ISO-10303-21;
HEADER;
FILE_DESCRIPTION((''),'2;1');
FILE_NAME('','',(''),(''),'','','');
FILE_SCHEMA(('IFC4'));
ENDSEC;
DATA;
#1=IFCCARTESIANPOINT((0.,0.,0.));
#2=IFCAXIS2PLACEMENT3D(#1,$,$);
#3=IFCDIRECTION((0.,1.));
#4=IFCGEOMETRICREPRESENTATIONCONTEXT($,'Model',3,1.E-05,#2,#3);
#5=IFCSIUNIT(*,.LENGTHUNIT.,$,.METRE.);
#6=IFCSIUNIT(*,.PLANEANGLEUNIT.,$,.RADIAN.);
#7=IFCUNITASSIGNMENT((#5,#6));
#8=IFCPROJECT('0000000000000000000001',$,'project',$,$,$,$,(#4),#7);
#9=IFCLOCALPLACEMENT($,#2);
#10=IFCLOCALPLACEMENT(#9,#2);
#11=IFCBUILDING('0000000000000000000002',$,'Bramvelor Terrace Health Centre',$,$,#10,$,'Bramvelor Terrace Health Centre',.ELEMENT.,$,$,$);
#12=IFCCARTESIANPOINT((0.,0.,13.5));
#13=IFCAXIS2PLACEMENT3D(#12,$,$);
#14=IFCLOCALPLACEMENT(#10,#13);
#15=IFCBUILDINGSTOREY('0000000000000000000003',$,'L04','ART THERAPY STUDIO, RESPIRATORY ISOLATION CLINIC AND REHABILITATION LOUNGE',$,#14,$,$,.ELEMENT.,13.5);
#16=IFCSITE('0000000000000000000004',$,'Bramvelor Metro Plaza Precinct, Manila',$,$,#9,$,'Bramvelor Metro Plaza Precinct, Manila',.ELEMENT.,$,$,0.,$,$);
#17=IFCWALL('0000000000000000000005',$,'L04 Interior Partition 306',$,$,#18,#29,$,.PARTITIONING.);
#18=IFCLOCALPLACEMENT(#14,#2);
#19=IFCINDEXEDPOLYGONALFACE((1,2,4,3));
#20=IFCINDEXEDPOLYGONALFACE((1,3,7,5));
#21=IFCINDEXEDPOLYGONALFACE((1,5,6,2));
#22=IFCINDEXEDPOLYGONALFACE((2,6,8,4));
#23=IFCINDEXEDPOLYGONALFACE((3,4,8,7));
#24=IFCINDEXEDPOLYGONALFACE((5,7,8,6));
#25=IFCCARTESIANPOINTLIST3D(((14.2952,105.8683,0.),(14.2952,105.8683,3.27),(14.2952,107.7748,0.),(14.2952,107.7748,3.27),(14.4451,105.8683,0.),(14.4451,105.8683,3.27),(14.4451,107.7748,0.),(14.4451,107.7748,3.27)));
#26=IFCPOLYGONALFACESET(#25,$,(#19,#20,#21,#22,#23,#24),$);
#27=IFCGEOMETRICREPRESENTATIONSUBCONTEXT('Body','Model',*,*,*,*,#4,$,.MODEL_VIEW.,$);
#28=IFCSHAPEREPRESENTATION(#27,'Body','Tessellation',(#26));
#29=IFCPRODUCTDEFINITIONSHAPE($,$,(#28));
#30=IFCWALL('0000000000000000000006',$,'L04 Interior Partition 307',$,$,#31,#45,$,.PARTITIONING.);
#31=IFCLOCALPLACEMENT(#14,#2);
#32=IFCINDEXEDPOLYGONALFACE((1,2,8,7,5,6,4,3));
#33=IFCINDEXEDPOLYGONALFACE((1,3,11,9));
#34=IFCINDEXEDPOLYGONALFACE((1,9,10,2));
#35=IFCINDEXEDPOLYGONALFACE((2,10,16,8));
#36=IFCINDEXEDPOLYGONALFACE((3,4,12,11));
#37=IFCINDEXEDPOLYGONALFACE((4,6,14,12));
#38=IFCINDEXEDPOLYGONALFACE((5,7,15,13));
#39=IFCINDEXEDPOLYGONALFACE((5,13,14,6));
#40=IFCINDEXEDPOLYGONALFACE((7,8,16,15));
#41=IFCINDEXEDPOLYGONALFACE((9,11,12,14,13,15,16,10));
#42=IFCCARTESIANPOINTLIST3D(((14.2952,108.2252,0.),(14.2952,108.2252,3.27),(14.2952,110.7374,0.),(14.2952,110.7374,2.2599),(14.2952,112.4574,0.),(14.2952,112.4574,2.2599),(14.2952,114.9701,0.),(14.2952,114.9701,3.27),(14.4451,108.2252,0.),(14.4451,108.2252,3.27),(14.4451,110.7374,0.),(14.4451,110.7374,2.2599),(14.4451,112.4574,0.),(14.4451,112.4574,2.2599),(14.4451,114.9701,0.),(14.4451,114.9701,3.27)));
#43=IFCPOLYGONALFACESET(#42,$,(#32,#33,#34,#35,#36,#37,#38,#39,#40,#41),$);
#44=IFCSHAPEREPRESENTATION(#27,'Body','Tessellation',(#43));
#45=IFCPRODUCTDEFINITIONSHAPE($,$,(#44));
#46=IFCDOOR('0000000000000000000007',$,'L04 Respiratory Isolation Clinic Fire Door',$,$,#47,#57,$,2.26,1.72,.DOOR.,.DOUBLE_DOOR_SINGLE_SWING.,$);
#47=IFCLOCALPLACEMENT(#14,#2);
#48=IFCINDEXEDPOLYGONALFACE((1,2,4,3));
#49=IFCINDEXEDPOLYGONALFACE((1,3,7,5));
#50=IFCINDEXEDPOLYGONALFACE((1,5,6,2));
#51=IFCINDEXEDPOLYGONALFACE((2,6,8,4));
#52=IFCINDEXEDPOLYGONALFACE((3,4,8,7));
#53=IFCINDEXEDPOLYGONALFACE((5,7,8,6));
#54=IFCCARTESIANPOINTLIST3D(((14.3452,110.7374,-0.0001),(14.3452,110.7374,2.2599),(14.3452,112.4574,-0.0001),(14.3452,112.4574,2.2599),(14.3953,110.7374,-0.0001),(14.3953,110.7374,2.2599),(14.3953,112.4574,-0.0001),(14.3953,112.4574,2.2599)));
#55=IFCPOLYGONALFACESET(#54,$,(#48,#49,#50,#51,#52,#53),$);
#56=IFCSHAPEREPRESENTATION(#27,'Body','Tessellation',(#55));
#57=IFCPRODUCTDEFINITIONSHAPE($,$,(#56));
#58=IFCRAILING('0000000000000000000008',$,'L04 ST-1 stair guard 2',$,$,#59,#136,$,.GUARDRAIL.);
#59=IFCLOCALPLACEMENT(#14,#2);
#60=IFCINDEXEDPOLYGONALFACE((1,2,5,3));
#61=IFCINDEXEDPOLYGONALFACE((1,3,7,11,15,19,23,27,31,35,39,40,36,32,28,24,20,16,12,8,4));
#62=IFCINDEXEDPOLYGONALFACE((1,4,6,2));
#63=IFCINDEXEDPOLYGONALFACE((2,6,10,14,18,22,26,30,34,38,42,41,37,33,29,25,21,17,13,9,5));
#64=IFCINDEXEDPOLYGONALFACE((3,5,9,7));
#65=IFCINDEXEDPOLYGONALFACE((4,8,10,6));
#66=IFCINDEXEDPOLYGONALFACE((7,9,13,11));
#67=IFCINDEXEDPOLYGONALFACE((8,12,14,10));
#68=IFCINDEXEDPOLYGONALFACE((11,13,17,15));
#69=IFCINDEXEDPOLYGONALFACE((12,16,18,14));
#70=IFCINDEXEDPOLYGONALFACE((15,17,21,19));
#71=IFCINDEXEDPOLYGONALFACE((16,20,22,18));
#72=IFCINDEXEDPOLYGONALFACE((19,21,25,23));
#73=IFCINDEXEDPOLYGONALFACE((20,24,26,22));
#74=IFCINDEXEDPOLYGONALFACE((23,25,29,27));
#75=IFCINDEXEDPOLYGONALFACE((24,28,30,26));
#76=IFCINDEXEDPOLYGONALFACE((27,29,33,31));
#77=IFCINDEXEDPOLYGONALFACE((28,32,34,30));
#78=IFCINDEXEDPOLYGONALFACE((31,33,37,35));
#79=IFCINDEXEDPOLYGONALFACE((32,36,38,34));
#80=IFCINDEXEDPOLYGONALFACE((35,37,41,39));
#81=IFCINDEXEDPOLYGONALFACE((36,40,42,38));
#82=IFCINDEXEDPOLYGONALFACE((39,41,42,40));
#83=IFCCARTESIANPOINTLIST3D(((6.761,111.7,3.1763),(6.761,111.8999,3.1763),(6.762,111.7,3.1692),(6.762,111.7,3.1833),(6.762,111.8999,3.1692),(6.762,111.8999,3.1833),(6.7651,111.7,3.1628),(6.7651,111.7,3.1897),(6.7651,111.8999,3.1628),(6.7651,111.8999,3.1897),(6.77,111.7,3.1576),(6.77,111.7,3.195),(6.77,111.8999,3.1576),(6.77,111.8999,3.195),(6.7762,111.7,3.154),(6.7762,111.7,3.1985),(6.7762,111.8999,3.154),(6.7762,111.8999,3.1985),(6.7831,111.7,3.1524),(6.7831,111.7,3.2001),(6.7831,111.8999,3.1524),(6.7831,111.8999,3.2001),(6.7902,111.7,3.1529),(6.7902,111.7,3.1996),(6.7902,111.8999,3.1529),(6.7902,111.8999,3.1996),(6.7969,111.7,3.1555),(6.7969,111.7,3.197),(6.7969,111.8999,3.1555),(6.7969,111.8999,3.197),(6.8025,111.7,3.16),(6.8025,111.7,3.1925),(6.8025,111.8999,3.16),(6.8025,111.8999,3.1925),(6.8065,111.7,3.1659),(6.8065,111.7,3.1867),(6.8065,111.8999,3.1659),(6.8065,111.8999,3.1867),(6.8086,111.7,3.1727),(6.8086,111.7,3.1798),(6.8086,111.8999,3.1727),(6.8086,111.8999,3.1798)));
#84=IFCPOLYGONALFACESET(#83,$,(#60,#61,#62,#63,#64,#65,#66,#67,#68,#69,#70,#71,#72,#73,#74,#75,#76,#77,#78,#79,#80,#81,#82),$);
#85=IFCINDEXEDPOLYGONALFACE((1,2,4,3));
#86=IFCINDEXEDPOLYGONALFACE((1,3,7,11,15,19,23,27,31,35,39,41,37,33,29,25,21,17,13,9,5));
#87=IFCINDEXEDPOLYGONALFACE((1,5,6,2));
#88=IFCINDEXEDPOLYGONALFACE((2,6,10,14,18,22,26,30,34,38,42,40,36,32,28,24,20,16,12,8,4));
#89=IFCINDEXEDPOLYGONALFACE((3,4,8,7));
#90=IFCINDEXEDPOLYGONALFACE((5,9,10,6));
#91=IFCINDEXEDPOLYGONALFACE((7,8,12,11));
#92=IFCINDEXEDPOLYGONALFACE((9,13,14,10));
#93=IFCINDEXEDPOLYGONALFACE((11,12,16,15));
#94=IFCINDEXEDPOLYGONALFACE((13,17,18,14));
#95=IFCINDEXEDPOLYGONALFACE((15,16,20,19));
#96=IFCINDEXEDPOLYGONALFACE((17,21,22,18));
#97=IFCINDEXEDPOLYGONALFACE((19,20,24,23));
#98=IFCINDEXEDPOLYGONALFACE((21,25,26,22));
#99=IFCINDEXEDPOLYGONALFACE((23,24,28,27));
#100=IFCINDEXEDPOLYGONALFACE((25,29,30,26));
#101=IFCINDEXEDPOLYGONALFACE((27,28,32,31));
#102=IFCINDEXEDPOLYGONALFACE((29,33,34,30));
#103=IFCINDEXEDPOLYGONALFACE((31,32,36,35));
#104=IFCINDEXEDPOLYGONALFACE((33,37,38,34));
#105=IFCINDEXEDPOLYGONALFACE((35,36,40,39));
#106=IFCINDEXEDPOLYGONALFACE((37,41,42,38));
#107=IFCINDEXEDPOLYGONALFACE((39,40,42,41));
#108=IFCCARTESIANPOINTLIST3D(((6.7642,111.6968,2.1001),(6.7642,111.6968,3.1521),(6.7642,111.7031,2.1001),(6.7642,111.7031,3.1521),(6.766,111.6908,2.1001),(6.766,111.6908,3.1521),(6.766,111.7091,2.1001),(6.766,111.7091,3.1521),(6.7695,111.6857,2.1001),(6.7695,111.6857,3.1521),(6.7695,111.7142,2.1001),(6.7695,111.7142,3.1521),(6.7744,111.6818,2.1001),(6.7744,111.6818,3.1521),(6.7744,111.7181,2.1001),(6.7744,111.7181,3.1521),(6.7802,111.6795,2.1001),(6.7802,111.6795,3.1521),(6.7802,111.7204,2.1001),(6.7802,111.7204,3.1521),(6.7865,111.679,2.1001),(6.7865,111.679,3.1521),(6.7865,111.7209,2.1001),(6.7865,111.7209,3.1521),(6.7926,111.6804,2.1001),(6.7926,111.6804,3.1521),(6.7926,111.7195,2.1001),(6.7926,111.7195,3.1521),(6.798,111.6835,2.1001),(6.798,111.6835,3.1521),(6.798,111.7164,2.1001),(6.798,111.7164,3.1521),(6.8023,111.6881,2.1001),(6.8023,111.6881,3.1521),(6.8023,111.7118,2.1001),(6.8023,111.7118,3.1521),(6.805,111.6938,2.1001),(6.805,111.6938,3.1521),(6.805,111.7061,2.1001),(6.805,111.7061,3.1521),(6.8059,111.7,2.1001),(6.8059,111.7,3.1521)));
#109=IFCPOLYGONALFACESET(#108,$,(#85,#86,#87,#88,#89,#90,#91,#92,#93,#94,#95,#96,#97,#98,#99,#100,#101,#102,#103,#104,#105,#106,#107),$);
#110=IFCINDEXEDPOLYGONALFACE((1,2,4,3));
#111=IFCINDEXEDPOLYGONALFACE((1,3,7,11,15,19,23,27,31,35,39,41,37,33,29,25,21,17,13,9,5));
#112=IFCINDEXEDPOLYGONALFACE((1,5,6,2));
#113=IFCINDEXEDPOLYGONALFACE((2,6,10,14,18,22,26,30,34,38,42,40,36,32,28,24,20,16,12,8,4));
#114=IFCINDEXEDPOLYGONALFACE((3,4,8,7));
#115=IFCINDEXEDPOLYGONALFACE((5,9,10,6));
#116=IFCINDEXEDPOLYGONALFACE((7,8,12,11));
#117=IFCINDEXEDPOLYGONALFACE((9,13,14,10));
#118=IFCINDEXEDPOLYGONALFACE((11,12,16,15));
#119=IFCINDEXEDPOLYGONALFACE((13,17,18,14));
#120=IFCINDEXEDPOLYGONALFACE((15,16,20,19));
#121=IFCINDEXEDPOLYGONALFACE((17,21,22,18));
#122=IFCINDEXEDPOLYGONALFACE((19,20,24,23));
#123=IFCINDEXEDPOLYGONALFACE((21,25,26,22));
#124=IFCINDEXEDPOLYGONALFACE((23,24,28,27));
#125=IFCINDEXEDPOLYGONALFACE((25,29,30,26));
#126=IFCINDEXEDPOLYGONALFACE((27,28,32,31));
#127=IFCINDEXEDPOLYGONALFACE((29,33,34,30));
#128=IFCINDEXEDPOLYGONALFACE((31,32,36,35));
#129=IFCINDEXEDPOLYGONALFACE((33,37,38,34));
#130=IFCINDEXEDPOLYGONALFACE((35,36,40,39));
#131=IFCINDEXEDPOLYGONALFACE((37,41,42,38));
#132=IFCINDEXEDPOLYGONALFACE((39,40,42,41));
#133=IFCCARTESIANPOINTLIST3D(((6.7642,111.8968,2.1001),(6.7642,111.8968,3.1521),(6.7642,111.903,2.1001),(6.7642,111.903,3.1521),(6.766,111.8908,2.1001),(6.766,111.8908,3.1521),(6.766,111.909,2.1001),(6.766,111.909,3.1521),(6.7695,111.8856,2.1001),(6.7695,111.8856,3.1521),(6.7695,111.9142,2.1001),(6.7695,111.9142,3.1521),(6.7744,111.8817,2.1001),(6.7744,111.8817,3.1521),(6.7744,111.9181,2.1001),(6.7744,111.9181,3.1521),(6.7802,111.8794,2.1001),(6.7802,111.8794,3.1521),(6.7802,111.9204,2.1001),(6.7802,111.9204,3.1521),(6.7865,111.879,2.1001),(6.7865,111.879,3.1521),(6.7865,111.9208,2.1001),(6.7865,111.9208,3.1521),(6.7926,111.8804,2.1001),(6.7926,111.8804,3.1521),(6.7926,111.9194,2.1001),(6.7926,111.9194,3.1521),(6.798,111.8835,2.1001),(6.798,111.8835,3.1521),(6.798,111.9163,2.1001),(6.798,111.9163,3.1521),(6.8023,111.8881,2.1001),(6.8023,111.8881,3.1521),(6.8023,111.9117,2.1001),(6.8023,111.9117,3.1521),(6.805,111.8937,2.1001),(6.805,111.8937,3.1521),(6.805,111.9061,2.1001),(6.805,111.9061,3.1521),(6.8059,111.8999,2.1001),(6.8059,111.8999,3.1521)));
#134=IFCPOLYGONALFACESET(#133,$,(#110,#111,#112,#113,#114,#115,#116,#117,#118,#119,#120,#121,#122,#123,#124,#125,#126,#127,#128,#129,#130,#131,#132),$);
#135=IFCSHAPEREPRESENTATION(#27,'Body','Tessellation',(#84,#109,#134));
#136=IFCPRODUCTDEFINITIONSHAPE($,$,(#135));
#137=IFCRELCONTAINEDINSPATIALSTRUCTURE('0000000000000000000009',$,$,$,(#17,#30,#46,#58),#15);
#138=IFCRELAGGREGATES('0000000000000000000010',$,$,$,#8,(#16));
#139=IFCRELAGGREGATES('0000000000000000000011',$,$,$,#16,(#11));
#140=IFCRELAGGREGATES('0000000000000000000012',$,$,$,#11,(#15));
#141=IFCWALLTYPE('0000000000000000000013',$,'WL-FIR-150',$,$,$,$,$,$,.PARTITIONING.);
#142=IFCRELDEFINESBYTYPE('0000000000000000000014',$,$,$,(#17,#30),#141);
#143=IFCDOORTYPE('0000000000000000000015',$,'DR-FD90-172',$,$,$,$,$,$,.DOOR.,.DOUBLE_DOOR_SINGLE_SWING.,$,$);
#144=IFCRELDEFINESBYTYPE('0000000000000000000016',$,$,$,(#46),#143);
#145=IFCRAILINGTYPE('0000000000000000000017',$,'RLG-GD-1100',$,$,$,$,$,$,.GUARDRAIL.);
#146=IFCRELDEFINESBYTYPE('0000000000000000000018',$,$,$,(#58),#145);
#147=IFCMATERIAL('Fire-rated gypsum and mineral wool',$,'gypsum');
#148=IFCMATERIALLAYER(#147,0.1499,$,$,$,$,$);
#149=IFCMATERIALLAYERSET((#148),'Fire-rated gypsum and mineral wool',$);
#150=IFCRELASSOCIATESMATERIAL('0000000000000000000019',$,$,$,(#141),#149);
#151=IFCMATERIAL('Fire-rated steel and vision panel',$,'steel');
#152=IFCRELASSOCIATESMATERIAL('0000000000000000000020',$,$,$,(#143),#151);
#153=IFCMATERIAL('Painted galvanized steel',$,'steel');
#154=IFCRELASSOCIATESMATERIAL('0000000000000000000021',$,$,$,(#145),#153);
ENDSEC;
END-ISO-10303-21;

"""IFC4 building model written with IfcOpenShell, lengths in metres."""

from ifc_helpers import new_model, si_unit, direction, frame, frame_2d, origin, origin_2d, place, context, subcontext, project, spatial, rectangle, circle, extrude, material, layer, layer_set, type_object, element, fill, save


model = new_model("IFC4")

# Units and contexts
model_context = context("Model", 3, precision=1e-05, world=origin(), true_north=direction((0.0, 1.0)))
body_context = subcontext(model_context, "Body", "Model", "MODEL_VIEW")
ifc_project = project(units=[si_unit("LENGTHUNIT", "METRE"), si_unit("PLANEANGLEUNIT", "RADIAN")], contexts=[model_context])

# Site, building, storey
site_placement = place(None, origin())
site = spatial("IfcSite", under=ifc_project, at=site_placement, Name="Bramvelor Metro Plaza Precinct, Manila", LongName="Bramvelor Metro Plaza Precinct, Manila", CompositionType="ELEMENT", RefElevation=0.0)
building_placement = place(site_placement, origin())
building = spatial("IfcBuilding", under=site, at=building_placement, Name="Bramvelor Terrace Health Centre", LongName="Bramvelor Terrace Health Centre", CompositionType="ELEMENT")
storey_placement = place(building_placement, frame((0.0, 0.0, 13.5)))
storey = spatial("IfcBuildingStorey", under=building, at=storey_placement, Name="L04", Description="ART THERAPY STUDIO, RESPIRATORY ISOLATION CLINIC AND REHABILITATION LOUNGE", CompositionType="ELEMENT", Elevation=13.5)

# Shared definitions
ifc_material_1 = material(Name="Fire-rated gypsum and mineral wool", Category="gypsum")
ifc_layer_1 = layer(ifc_material_1, 0.1499)
ifc_layer_set_1 = layer_set([ifc_layer_1], Name="Fire-rated gypsum and mineral wool")
wall_type_1 = type_object("IfcWallType", Name="WL-FIR-150", PredefinedType="PARTITIONING", material=ifc_layer_set_1)

# Wall
wall_1_placement = place(storey_placement, frame((14.3701, 105.8684, 0.0), z_axis=(0.0, 0.0, 1.0), x_axis=(0.0, 1.0, 0.0)))
element("IfcWall", 1, at=wall_1_placement, inside=storey, type_object=wall_type_1, Name="L04 Interior Partition 306", PredefinedType="PARTITIONING", context=body_context, shape_type="SweptSolid", body=[
    extrude(rectangle(XDim=1.9065, YDim=0.1499, at=frame_2d((0.9531, 0.0))), origin(), (0.0, 0.0, 1.0), 3.27),
])

# Wall, opening, door
wall_2_placement = place(storey_placement, frame((14.3701, 108.2251, 0.0), z_axis=(0.0, 0.0, 1.0), x_axis=(0.0, 1.0, 0.0)))
wall_2 = element("IfcWall", 2, at=wall_2_placement, inside=storey, type_object=wall_type_1, Name="L04 Interior Partition 307", PredefinedType="PARTITIONING", context=body_context, shape_type="SweptSolid", body=[
    extrude(rectangle(XDim=6.7449, YDim=0.1499, at=frame_2d((3.3726, 0.0))), origin(), (0.0, 0.0, 1.0), 3.27),
])
opening_1_placement = place(wall_2_placement, frame((2.5125, 0.0, 0.0)))
opening_1 = element("IfcOpeningElement", 3, at=opening_1_placement, cuts=wall_2, PredefinedType="OPENING", context=body_context, shape_type="SweptSolid", body=[
    extrude(rectangle(XDim=1.72, YDim=2.26, at=frame_2d((0.8599, 1.1299))), frame((0.0, 0.085, 0.0), z_axis=(0.0, -1.0, 0.0), x_axis=(1.0, 0.0, 0.0)), (0.0, 0.0, 1.0), 0.1699),
])
ifc_material_2 = material(Name="Fire-rated steel and vision panel", Category="steel")
door_type_1 = type_object("IfcDoorType", Name="DR-FD90-172", OperationType="DOUBLE_DOOR_SINGLE_SWING", PredefinedType="DOOR", material=ifc_material_2)
door_1_placement = place(opening_1_placement, origin())
door_1 = element("IfcDoor", 4, at=door_1_placement, inside=storey, type_object=door_type_1, Name="L04 Respiratory Isolation Clinic Fire Door", OperationType="DOUBLE_DOOR_SINGLE_SWING", OverallHeight=2.26, OverallWidth=1.72, PredefinedType="DOOR", context=body_context, shape_type="SweptSolid", body=[
    extrude(rectangle(XDim=1.72, YDim=2.26, at=frame_2d((0.8599, 1.1299))), frame((0.0, 0.0249, 0.0), z_axis=(0.0, -1.0, 0.0), x_axis=(1.0, 0.0, 0.0)), (0.0, 0.0, 1.0), 0.05),
])
fill(opening_1, door_1)

# Railing
ifc_material_3 = material(Name="Painted galvanized steel", Category="steel")
railing_type = type_object("IfcRailingType", Name="RLG-GD-1100", PredefinedType="GUARDRAIL", material=ifc_material_3)
railing_placement = place(storey_placement, frame((6.7849, 111.7, 2.1001)))
element("IfcRailing", 5, at=railing_placement, inside=storey, type_object=railing_type, Name="L04 ST-1 stair guard 2", PredefinedType="GUARDRAIL", context=body_context, shape_type="SweptSolid", body=[
    extrude(circle(Radius=0.0239, at=origin_2d()), frame((0.0, 0.0, 1.0762), z_axis=(0.0, 1.0, 0.0), x_axis=(-1.0, 0.0, 0.0)), (0.0, 0.0, 1.0), 0.2),
    extrude(circle(Radius=0.021, at=origin_2d()), origin(), (0.0, 0.0, 1.0), 1.052),
    extrude(circle(Radius=0.021, at=origin_2d()), frame((0.0, 0.2, 0.0)), (0.0, 0.0, 1.0), 1.052),
])

save(model, "model.ifc")
